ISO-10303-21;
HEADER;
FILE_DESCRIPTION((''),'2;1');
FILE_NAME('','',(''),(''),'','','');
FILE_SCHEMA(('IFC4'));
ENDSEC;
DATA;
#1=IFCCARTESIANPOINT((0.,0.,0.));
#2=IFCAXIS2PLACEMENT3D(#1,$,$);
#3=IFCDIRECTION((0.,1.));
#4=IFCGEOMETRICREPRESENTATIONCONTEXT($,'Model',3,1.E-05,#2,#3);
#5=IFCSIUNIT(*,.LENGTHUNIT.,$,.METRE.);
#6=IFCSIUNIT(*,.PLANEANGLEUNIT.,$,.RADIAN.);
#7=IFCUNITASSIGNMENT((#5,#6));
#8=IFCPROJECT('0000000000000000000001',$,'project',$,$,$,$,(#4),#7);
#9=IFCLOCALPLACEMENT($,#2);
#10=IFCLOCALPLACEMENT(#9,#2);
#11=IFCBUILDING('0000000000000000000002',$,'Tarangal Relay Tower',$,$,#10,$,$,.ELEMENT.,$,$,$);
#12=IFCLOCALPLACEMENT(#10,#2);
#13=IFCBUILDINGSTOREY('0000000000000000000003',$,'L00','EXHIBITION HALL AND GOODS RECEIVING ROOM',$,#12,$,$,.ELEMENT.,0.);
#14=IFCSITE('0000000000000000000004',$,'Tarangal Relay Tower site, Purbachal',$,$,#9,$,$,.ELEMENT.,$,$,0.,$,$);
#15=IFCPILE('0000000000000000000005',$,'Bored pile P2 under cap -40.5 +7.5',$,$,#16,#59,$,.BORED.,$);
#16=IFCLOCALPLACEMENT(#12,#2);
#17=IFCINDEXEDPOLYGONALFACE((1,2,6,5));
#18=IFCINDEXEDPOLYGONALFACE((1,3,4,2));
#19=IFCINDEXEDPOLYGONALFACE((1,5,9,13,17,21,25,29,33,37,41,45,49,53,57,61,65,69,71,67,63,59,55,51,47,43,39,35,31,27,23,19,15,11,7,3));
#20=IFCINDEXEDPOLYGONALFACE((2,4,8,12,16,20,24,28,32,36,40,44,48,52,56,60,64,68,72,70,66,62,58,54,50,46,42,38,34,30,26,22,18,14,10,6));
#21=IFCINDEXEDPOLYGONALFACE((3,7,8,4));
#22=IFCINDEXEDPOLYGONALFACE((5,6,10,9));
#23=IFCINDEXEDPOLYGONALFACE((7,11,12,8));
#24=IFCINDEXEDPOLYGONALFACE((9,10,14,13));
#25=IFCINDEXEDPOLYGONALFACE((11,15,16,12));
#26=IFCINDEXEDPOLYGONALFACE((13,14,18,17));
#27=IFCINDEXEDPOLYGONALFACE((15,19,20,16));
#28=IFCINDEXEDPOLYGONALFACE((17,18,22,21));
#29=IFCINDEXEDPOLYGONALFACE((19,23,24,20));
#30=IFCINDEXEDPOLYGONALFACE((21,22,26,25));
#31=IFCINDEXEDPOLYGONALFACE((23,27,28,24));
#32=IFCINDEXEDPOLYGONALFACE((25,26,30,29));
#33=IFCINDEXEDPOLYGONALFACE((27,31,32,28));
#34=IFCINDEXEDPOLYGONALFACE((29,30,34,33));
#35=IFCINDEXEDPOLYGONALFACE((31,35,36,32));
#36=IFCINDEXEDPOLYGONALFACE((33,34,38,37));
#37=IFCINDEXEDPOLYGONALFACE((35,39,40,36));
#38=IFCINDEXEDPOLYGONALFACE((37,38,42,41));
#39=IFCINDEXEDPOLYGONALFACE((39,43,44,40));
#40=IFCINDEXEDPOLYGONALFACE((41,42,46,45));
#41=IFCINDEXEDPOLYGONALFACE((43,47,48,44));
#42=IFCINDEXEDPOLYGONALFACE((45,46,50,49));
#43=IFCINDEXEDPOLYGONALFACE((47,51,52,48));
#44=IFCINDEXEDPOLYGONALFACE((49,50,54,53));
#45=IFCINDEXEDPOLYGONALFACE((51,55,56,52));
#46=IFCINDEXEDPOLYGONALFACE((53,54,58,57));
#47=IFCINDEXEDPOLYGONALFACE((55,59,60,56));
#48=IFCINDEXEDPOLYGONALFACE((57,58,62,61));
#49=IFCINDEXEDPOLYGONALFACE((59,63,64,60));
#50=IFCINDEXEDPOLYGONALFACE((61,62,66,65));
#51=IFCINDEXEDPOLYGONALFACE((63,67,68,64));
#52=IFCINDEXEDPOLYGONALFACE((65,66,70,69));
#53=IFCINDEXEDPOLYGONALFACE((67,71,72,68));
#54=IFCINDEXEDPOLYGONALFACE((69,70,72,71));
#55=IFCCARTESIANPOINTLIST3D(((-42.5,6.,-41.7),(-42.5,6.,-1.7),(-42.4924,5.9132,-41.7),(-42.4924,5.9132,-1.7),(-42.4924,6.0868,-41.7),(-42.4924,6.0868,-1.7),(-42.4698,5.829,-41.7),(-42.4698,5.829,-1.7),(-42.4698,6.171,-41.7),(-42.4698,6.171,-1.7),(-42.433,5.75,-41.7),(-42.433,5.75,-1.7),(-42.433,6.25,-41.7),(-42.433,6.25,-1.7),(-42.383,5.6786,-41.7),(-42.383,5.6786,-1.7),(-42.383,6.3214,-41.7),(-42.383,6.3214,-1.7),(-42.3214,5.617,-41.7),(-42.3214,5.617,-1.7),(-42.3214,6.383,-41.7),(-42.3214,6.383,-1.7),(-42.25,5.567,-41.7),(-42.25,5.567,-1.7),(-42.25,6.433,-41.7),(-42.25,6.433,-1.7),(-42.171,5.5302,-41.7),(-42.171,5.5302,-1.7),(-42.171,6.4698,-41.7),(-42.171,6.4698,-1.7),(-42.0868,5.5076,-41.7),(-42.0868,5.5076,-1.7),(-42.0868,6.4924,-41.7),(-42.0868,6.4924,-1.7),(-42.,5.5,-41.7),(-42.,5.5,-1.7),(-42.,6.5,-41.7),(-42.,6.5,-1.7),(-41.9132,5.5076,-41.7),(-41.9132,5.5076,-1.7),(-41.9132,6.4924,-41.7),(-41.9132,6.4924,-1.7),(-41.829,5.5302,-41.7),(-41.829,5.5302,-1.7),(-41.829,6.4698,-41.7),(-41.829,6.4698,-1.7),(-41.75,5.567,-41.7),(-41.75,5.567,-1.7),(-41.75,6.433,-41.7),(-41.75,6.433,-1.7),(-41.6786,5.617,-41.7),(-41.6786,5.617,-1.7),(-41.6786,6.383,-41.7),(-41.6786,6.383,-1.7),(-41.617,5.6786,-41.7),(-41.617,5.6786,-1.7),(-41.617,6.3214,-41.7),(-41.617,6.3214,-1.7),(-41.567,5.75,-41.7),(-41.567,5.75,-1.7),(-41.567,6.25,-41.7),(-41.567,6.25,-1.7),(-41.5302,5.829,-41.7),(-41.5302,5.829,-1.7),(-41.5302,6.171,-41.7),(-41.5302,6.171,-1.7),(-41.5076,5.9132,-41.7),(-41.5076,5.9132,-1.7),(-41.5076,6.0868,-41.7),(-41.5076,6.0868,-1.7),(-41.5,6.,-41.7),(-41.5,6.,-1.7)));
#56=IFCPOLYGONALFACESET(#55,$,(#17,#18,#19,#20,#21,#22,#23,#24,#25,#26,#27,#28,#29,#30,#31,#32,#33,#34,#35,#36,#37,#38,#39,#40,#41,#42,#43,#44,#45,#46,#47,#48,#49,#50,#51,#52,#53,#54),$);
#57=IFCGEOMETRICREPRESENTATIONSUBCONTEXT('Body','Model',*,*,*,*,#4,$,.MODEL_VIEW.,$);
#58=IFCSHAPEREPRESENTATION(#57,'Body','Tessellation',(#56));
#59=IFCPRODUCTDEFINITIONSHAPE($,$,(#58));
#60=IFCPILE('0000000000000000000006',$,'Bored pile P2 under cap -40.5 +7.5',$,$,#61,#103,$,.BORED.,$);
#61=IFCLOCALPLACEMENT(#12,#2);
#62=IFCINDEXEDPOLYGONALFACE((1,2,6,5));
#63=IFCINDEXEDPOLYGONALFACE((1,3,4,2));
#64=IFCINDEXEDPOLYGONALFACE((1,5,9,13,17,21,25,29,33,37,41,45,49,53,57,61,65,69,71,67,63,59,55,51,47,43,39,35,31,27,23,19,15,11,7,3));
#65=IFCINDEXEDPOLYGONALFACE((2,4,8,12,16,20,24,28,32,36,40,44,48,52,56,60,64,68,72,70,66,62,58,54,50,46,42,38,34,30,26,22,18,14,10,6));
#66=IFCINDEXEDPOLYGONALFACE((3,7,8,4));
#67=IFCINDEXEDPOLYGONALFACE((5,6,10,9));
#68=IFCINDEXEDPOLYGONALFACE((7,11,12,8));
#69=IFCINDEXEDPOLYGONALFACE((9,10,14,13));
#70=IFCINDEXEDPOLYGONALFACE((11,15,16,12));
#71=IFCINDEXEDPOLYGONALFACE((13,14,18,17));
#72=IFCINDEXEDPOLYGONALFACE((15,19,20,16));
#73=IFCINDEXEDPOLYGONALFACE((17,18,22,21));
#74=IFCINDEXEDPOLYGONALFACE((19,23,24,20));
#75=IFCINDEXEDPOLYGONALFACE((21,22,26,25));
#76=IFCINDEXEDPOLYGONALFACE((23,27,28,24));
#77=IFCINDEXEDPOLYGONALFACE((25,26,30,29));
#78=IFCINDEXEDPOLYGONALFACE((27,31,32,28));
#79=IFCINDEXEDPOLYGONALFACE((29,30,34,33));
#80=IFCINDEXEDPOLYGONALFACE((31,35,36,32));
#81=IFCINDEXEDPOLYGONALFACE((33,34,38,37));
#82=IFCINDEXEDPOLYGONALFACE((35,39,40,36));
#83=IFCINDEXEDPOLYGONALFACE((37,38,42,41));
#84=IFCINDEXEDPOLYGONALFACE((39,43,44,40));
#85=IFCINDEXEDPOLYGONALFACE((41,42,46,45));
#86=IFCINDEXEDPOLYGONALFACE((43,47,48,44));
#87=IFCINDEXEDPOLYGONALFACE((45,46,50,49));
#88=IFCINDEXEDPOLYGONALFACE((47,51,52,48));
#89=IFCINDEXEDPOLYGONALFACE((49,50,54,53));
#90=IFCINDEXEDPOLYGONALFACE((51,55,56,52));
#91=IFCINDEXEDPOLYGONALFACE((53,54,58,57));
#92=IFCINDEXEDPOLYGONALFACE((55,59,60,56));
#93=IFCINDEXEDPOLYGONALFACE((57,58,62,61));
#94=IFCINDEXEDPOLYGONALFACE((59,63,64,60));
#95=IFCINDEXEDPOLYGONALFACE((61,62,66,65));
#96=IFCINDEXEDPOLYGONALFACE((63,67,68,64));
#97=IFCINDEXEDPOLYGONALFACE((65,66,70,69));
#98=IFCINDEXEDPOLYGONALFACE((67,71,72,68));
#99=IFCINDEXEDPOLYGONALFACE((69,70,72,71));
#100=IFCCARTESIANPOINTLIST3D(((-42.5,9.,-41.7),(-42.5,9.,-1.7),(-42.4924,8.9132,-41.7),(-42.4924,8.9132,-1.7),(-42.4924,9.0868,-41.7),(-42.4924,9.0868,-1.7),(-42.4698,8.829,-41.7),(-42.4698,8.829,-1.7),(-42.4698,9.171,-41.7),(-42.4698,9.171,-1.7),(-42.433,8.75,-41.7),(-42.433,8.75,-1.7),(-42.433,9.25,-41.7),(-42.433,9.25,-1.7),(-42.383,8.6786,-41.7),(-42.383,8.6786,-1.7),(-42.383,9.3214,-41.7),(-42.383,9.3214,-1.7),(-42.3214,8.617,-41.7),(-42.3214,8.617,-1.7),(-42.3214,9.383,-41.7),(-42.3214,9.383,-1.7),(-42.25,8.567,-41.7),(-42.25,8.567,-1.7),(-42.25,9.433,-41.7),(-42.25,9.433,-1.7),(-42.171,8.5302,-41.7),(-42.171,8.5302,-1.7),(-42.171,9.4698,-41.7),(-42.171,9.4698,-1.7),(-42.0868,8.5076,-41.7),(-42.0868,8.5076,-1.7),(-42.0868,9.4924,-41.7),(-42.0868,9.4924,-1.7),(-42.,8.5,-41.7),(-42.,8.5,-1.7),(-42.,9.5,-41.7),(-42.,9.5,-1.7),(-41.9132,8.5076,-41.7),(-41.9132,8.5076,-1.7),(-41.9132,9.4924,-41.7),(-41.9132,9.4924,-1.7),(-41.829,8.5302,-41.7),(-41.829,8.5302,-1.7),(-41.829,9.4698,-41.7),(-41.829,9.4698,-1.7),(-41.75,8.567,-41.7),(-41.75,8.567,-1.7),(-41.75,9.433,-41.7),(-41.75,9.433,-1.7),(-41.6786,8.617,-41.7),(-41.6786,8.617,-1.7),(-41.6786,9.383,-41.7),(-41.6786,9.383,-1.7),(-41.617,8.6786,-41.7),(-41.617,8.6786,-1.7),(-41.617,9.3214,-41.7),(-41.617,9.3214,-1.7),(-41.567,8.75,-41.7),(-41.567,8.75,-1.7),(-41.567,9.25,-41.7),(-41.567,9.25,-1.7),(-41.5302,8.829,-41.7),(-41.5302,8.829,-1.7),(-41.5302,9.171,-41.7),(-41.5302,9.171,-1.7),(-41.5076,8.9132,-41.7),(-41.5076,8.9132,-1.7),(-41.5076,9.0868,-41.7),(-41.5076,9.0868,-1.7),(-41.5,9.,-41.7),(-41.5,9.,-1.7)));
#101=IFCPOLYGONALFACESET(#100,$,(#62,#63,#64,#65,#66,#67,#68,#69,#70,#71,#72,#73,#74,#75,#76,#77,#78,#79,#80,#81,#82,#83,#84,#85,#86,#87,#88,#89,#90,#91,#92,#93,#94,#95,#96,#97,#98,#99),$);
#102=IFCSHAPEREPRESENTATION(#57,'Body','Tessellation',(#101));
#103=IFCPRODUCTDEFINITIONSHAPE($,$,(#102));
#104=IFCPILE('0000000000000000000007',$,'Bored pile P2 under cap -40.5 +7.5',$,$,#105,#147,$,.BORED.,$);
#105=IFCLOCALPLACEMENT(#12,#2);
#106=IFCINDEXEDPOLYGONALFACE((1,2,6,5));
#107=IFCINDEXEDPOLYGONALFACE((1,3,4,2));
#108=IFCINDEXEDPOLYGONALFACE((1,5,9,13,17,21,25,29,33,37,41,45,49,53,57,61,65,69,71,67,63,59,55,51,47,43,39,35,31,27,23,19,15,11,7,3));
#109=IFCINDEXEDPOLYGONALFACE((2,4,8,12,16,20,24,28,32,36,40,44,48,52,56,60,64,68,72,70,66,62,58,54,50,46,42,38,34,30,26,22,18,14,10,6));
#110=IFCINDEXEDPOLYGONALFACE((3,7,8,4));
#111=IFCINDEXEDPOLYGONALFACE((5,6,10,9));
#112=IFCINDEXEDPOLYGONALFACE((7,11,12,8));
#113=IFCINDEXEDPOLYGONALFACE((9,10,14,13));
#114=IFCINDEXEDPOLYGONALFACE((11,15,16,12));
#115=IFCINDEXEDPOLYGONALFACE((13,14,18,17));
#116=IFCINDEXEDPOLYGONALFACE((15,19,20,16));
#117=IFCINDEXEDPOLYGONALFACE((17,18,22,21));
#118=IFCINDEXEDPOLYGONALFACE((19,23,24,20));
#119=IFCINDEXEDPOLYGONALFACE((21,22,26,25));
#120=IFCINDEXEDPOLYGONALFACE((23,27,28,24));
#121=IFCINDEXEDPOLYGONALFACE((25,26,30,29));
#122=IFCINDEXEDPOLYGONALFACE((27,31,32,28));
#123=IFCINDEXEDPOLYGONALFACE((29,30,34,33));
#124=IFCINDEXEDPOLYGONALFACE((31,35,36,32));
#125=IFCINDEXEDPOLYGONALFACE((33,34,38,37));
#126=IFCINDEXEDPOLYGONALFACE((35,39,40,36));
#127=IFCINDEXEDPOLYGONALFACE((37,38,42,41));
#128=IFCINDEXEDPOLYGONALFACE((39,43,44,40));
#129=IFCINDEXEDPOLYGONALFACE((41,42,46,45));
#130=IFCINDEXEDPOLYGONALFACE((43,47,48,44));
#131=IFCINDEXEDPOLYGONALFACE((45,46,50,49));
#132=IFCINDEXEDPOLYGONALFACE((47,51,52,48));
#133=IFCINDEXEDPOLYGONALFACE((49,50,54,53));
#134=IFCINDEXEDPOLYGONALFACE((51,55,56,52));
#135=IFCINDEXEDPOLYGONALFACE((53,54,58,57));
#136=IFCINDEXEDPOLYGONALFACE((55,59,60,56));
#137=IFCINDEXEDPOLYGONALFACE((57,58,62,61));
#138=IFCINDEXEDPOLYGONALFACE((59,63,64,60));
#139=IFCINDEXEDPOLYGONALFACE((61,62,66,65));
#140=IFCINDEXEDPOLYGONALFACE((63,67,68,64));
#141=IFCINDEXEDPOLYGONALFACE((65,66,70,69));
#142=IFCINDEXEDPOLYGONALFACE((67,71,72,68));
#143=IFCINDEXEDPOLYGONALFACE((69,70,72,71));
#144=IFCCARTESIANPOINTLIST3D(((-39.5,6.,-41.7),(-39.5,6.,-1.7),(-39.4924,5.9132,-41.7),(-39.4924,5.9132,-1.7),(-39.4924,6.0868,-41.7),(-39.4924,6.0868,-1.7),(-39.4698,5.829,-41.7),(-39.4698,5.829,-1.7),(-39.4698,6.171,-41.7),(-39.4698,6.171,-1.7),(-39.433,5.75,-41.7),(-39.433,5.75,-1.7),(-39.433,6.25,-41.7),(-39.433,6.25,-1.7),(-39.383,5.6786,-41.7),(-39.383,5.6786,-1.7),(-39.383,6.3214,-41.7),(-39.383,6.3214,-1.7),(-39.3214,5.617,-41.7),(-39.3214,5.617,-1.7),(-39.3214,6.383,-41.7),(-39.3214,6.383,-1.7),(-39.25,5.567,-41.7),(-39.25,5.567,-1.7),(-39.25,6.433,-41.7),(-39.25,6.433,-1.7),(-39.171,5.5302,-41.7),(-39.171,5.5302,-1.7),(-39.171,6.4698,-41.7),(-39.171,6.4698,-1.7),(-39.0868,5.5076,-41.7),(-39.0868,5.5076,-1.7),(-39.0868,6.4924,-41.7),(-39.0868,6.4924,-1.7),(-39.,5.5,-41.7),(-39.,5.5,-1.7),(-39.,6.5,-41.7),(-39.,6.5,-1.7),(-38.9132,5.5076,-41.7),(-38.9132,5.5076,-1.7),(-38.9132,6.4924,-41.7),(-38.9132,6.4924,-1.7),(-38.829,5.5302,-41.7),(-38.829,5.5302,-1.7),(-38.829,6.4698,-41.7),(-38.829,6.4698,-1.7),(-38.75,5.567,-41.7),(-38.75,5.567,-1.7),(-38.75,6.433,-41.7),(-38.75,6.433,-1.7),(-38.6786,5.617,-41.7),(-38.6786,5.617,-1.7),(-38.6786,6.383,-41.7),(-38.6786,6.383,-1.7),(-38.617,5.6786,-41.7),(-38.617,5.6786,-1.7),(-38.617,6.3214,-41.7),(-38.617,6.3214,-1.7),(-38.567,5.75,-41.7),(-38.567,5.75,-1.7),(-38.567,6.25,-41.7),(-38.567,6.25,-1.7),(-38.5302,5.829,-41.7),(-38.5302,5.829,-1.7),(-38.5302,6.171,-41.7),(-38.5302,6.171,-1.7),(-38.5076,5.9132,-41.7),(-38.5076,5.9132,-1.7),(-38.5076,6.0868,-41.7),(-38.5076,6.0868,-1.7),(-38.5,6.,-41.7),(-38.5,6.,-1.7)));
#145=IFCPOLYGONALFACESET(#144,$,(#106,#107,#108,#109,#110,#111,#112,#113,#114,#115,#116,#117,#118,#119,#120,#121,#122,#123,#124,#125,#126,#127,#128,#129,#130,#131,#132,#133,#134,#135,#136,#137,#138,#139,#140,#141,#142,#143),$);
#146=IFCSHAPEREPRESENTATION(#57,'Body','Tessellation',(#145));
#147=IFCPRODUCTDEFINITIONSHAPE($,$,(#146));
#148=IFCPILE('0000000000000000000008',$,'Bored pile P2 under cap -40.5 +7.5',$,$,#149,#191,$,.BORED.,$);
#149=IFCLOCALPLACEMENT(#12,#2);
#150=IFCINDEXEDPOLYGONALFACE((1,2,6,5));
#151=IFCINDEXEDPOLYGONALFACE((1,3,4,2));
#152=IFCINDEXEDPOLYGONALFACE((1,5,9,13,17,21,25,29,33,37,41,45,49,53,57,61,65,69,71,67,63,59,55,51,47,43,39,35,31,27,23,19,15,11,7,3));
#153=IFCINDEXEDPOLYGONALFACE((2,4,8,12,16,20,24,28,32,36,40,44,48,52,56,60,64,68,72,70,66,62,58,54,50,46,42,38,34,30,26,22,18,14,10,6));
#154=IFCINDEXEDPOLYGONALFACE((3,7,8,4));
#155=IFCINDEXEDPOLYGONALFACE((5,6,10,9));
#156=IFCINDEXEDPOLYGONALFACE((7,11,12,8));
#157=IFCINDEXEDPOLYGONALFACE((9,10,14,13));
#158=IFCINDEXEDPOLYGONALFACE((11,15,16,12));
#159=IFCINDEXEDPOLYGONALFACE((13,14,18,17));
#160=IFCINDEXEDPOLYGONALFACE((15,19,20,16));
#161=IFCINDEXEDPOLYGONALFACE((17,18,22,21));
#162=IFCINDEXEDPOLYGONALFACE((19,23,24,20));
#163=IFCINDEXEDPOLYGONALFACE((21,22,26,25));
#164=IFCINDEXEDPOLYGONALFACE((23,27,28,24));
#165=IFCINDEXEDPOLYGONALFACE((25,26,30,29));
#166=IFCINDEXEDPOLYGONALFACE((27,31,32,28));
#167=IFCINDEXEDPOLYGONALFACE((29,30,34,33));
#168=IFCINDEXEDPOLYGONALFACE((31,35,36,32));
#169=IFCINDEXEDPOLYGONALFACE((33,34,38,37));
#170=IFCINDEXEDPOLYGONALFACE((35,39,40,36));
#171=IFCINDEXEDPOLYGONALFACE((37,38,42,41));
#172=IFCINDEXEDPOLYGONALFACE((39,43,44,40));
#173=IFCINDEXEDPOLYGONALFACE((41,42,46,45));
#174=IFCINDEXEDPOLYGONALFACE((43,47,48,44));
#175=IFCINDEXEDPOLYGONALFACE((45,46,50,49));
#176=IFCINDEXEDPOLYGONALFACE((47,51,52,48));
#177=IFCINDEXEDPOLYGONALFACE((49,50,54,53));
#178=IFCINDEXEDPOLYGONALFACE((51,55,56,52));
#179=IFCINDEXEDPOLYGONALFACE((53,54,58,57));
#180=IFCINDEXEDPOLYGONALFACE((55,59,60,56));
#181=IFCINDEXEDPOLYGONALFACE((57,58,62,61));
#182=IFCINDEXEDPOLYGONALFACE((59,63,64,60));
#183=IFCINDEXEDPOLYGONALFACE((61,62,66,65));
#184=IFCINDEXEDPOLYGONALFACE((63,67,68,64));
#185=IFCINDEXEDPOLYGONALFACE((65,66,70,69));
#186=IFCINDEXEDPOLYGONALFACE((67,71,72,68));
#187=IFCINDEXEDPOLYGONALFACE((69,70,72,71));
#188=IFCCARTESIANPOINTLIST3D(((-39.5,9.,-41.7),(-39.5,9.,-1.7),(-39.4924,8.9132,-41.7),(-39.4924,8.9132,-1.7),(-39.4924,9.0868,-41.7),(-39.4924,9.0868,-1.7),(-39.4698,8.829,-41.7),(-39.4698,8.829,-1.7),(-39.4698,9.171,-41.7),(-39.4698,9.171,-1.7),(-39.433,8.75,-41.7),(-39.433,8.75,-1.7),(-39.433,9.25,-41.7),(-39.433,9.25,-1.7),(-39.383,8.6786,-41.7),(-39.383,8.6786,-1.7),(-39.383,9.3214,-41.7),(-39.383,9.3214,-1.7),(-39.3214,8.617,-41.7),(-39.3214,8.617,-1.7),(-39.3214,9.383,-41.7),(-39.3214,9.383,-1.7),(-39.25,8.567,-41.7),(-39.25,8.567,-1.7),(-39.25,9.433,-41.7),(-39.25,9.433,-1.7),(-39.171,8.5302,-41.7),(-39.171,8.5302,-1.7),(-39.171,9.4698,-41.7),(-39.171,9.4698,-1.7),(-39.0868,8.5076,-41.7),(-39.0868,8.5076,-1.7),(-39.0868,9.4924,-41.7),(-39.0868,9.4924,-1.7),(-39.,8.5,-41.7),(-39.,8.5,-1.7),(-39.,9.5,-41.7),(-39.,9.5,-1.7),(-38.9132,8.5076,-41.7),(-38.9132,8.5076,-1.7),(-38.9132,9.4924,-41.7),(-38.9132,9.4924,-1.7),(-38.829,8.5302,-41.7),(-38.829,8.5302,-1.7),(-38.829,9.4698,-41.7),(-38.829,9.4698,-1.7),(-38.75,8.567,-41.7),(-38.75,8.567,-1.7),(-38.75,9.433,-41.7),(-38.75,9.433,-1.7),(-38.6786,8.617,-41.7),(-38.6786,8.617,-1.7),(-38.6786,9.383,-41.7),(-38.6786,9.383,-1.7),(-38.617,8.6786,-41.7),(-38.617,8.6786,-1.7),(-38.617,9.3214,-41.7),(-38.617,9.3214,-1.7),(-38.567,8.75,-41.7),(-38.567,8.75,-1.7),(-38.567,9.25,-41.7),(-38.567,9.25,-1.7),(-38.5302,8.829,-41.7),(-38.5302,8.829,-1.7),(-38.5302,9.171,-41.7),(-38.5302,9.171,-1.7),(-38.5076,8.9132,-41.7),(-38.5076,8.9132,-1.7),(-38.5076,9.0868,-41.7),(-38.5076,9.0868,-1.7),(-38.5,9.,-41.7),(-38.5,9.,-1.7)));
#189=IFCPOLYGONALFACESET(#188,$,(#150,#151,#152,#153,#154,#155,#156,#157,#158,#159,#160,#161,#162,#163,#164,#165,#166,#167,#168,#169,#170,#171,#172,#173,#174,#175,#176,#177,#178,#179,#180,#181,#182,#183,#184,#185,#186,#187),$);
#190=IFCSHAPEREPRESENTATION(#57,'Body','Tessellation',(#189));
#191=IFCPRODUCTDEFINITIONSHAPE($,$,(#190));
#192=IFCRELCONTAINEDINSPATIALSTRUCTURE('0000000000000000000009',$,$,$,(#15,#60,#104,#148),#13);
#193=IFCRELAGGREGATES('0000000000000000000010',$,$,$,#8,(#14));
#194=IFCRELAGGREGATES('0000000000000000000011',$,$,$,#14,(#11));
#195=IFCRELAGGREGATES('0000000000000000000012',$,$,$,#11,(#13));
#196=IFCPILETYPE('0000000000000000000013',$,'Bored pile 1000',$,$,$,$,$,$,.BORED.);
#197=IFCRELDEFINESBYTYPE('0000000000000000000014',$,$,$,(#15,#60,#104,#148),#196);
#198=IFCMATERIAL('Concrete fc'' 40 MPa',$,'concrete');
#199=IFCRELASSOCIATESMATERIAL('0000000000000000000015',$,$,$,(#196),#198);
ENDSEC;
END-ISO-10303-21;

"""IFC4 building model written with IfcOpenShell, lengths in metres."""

from ifc_helpers import new_model, si_unit, direction, frame, origin, origin_2d, place, context, subcontext, project, spatial, circle, extrude, material, material_profile, profile_set, type_object, element, save


model = new_model("IFC4")

# Units and contexts
model_context = context("Model", 3, precision=1e-05, world=origin(), true_north=direction((0.0, 1.0)))
body_context = subcontext(model_context, "Body", "Model", "MODEL_VIEW")
ifc_project = project(units=[si_unit("LENGTHUNIT", "METRE"), si_unit("PLANEANGLEUNIT", "RADIAN")], contexts=[model_context])

# Site, building, storey
site_placement = place(None, origin())
site = spatial("IfcSite", under=ifc_project, at=site_placement, Name="Tarangal Relay Tower site, Purbachal", CompositionType="ELEMENT", RefElevation=0.0)
building_placement = place(site_placement, origin())
building = spatial("IfcBuilding", under=site, at=building_placement, Name="Tarangal Relay Tower", CompositionType="ELEMENT")
storey_placement = place(building_placement, origin())
storey = spatial("IfcBuildingStorey", under=building, at=storey_placement, Name="L00", Description="EXHIBITION HALL AND GOODS RECEIVING ROOM", CompositionType="ELEMENT", Elevation=0.0)

# Piles
ifc_material_1 = material(Name="Concrete fc' 40 MPa", Category="concrete")
ifc_material_profile_1 = material_profile(ifc_material_1, circle(Radius=0.5, at=origin_2d()), Name="D1000")
ifc_profile_set_1 = profile_set([ifc_material_profile_1], Name="Concrete fc' 40 MPa")
pile_type = type_object("IfcPileType", Name="Bored pile 1000", PredefinedType="BORED", material=ifc_profile_set_1)
for number, where, z_axis, x_axis, name in (
    (1, (-42.0, 6.0, -1.7), (0.0, 0.0, -1.0), (1.0, 0.0, 0.0), "Bored pile P2 under cap -40.5 +7.5"),
    (2, (-42.0, 9.0, -1.7), (0.0, 0.0, -1.0), (1.0, 0.0, 0.0), "Bored pile P2 under cap -40.5 +7.5"),
    (3, (-39.0, 6.0, -1.7), (0.0, 0.0, -1.0), (1.0, 0.0, 0.0), "Bored pile P2 under cap -40.5 +7.5"),
    (4, (-39.0, 9.0, -1.7), (0.0, 0.0, -1.0), (1.0, 0.0, 0.0), "Bored pile P2 under cap -40.5 +7.5"),
):
    element("IfcPile", number, at=place(storey_placement, frame(where, z_axis=z_axis, x_axis=x_axis)), inside=storey, type_object=pile_type, Name=name, PredefinedType="BORED", context=body_context, shape_type="SweptSolid", body=[
        extrude(circle(Radius=0.5, at=origin_2d()), origin(), (0.0, 0.0, 1.0), 40.0),
    ])

save(model, "model.ifc")
